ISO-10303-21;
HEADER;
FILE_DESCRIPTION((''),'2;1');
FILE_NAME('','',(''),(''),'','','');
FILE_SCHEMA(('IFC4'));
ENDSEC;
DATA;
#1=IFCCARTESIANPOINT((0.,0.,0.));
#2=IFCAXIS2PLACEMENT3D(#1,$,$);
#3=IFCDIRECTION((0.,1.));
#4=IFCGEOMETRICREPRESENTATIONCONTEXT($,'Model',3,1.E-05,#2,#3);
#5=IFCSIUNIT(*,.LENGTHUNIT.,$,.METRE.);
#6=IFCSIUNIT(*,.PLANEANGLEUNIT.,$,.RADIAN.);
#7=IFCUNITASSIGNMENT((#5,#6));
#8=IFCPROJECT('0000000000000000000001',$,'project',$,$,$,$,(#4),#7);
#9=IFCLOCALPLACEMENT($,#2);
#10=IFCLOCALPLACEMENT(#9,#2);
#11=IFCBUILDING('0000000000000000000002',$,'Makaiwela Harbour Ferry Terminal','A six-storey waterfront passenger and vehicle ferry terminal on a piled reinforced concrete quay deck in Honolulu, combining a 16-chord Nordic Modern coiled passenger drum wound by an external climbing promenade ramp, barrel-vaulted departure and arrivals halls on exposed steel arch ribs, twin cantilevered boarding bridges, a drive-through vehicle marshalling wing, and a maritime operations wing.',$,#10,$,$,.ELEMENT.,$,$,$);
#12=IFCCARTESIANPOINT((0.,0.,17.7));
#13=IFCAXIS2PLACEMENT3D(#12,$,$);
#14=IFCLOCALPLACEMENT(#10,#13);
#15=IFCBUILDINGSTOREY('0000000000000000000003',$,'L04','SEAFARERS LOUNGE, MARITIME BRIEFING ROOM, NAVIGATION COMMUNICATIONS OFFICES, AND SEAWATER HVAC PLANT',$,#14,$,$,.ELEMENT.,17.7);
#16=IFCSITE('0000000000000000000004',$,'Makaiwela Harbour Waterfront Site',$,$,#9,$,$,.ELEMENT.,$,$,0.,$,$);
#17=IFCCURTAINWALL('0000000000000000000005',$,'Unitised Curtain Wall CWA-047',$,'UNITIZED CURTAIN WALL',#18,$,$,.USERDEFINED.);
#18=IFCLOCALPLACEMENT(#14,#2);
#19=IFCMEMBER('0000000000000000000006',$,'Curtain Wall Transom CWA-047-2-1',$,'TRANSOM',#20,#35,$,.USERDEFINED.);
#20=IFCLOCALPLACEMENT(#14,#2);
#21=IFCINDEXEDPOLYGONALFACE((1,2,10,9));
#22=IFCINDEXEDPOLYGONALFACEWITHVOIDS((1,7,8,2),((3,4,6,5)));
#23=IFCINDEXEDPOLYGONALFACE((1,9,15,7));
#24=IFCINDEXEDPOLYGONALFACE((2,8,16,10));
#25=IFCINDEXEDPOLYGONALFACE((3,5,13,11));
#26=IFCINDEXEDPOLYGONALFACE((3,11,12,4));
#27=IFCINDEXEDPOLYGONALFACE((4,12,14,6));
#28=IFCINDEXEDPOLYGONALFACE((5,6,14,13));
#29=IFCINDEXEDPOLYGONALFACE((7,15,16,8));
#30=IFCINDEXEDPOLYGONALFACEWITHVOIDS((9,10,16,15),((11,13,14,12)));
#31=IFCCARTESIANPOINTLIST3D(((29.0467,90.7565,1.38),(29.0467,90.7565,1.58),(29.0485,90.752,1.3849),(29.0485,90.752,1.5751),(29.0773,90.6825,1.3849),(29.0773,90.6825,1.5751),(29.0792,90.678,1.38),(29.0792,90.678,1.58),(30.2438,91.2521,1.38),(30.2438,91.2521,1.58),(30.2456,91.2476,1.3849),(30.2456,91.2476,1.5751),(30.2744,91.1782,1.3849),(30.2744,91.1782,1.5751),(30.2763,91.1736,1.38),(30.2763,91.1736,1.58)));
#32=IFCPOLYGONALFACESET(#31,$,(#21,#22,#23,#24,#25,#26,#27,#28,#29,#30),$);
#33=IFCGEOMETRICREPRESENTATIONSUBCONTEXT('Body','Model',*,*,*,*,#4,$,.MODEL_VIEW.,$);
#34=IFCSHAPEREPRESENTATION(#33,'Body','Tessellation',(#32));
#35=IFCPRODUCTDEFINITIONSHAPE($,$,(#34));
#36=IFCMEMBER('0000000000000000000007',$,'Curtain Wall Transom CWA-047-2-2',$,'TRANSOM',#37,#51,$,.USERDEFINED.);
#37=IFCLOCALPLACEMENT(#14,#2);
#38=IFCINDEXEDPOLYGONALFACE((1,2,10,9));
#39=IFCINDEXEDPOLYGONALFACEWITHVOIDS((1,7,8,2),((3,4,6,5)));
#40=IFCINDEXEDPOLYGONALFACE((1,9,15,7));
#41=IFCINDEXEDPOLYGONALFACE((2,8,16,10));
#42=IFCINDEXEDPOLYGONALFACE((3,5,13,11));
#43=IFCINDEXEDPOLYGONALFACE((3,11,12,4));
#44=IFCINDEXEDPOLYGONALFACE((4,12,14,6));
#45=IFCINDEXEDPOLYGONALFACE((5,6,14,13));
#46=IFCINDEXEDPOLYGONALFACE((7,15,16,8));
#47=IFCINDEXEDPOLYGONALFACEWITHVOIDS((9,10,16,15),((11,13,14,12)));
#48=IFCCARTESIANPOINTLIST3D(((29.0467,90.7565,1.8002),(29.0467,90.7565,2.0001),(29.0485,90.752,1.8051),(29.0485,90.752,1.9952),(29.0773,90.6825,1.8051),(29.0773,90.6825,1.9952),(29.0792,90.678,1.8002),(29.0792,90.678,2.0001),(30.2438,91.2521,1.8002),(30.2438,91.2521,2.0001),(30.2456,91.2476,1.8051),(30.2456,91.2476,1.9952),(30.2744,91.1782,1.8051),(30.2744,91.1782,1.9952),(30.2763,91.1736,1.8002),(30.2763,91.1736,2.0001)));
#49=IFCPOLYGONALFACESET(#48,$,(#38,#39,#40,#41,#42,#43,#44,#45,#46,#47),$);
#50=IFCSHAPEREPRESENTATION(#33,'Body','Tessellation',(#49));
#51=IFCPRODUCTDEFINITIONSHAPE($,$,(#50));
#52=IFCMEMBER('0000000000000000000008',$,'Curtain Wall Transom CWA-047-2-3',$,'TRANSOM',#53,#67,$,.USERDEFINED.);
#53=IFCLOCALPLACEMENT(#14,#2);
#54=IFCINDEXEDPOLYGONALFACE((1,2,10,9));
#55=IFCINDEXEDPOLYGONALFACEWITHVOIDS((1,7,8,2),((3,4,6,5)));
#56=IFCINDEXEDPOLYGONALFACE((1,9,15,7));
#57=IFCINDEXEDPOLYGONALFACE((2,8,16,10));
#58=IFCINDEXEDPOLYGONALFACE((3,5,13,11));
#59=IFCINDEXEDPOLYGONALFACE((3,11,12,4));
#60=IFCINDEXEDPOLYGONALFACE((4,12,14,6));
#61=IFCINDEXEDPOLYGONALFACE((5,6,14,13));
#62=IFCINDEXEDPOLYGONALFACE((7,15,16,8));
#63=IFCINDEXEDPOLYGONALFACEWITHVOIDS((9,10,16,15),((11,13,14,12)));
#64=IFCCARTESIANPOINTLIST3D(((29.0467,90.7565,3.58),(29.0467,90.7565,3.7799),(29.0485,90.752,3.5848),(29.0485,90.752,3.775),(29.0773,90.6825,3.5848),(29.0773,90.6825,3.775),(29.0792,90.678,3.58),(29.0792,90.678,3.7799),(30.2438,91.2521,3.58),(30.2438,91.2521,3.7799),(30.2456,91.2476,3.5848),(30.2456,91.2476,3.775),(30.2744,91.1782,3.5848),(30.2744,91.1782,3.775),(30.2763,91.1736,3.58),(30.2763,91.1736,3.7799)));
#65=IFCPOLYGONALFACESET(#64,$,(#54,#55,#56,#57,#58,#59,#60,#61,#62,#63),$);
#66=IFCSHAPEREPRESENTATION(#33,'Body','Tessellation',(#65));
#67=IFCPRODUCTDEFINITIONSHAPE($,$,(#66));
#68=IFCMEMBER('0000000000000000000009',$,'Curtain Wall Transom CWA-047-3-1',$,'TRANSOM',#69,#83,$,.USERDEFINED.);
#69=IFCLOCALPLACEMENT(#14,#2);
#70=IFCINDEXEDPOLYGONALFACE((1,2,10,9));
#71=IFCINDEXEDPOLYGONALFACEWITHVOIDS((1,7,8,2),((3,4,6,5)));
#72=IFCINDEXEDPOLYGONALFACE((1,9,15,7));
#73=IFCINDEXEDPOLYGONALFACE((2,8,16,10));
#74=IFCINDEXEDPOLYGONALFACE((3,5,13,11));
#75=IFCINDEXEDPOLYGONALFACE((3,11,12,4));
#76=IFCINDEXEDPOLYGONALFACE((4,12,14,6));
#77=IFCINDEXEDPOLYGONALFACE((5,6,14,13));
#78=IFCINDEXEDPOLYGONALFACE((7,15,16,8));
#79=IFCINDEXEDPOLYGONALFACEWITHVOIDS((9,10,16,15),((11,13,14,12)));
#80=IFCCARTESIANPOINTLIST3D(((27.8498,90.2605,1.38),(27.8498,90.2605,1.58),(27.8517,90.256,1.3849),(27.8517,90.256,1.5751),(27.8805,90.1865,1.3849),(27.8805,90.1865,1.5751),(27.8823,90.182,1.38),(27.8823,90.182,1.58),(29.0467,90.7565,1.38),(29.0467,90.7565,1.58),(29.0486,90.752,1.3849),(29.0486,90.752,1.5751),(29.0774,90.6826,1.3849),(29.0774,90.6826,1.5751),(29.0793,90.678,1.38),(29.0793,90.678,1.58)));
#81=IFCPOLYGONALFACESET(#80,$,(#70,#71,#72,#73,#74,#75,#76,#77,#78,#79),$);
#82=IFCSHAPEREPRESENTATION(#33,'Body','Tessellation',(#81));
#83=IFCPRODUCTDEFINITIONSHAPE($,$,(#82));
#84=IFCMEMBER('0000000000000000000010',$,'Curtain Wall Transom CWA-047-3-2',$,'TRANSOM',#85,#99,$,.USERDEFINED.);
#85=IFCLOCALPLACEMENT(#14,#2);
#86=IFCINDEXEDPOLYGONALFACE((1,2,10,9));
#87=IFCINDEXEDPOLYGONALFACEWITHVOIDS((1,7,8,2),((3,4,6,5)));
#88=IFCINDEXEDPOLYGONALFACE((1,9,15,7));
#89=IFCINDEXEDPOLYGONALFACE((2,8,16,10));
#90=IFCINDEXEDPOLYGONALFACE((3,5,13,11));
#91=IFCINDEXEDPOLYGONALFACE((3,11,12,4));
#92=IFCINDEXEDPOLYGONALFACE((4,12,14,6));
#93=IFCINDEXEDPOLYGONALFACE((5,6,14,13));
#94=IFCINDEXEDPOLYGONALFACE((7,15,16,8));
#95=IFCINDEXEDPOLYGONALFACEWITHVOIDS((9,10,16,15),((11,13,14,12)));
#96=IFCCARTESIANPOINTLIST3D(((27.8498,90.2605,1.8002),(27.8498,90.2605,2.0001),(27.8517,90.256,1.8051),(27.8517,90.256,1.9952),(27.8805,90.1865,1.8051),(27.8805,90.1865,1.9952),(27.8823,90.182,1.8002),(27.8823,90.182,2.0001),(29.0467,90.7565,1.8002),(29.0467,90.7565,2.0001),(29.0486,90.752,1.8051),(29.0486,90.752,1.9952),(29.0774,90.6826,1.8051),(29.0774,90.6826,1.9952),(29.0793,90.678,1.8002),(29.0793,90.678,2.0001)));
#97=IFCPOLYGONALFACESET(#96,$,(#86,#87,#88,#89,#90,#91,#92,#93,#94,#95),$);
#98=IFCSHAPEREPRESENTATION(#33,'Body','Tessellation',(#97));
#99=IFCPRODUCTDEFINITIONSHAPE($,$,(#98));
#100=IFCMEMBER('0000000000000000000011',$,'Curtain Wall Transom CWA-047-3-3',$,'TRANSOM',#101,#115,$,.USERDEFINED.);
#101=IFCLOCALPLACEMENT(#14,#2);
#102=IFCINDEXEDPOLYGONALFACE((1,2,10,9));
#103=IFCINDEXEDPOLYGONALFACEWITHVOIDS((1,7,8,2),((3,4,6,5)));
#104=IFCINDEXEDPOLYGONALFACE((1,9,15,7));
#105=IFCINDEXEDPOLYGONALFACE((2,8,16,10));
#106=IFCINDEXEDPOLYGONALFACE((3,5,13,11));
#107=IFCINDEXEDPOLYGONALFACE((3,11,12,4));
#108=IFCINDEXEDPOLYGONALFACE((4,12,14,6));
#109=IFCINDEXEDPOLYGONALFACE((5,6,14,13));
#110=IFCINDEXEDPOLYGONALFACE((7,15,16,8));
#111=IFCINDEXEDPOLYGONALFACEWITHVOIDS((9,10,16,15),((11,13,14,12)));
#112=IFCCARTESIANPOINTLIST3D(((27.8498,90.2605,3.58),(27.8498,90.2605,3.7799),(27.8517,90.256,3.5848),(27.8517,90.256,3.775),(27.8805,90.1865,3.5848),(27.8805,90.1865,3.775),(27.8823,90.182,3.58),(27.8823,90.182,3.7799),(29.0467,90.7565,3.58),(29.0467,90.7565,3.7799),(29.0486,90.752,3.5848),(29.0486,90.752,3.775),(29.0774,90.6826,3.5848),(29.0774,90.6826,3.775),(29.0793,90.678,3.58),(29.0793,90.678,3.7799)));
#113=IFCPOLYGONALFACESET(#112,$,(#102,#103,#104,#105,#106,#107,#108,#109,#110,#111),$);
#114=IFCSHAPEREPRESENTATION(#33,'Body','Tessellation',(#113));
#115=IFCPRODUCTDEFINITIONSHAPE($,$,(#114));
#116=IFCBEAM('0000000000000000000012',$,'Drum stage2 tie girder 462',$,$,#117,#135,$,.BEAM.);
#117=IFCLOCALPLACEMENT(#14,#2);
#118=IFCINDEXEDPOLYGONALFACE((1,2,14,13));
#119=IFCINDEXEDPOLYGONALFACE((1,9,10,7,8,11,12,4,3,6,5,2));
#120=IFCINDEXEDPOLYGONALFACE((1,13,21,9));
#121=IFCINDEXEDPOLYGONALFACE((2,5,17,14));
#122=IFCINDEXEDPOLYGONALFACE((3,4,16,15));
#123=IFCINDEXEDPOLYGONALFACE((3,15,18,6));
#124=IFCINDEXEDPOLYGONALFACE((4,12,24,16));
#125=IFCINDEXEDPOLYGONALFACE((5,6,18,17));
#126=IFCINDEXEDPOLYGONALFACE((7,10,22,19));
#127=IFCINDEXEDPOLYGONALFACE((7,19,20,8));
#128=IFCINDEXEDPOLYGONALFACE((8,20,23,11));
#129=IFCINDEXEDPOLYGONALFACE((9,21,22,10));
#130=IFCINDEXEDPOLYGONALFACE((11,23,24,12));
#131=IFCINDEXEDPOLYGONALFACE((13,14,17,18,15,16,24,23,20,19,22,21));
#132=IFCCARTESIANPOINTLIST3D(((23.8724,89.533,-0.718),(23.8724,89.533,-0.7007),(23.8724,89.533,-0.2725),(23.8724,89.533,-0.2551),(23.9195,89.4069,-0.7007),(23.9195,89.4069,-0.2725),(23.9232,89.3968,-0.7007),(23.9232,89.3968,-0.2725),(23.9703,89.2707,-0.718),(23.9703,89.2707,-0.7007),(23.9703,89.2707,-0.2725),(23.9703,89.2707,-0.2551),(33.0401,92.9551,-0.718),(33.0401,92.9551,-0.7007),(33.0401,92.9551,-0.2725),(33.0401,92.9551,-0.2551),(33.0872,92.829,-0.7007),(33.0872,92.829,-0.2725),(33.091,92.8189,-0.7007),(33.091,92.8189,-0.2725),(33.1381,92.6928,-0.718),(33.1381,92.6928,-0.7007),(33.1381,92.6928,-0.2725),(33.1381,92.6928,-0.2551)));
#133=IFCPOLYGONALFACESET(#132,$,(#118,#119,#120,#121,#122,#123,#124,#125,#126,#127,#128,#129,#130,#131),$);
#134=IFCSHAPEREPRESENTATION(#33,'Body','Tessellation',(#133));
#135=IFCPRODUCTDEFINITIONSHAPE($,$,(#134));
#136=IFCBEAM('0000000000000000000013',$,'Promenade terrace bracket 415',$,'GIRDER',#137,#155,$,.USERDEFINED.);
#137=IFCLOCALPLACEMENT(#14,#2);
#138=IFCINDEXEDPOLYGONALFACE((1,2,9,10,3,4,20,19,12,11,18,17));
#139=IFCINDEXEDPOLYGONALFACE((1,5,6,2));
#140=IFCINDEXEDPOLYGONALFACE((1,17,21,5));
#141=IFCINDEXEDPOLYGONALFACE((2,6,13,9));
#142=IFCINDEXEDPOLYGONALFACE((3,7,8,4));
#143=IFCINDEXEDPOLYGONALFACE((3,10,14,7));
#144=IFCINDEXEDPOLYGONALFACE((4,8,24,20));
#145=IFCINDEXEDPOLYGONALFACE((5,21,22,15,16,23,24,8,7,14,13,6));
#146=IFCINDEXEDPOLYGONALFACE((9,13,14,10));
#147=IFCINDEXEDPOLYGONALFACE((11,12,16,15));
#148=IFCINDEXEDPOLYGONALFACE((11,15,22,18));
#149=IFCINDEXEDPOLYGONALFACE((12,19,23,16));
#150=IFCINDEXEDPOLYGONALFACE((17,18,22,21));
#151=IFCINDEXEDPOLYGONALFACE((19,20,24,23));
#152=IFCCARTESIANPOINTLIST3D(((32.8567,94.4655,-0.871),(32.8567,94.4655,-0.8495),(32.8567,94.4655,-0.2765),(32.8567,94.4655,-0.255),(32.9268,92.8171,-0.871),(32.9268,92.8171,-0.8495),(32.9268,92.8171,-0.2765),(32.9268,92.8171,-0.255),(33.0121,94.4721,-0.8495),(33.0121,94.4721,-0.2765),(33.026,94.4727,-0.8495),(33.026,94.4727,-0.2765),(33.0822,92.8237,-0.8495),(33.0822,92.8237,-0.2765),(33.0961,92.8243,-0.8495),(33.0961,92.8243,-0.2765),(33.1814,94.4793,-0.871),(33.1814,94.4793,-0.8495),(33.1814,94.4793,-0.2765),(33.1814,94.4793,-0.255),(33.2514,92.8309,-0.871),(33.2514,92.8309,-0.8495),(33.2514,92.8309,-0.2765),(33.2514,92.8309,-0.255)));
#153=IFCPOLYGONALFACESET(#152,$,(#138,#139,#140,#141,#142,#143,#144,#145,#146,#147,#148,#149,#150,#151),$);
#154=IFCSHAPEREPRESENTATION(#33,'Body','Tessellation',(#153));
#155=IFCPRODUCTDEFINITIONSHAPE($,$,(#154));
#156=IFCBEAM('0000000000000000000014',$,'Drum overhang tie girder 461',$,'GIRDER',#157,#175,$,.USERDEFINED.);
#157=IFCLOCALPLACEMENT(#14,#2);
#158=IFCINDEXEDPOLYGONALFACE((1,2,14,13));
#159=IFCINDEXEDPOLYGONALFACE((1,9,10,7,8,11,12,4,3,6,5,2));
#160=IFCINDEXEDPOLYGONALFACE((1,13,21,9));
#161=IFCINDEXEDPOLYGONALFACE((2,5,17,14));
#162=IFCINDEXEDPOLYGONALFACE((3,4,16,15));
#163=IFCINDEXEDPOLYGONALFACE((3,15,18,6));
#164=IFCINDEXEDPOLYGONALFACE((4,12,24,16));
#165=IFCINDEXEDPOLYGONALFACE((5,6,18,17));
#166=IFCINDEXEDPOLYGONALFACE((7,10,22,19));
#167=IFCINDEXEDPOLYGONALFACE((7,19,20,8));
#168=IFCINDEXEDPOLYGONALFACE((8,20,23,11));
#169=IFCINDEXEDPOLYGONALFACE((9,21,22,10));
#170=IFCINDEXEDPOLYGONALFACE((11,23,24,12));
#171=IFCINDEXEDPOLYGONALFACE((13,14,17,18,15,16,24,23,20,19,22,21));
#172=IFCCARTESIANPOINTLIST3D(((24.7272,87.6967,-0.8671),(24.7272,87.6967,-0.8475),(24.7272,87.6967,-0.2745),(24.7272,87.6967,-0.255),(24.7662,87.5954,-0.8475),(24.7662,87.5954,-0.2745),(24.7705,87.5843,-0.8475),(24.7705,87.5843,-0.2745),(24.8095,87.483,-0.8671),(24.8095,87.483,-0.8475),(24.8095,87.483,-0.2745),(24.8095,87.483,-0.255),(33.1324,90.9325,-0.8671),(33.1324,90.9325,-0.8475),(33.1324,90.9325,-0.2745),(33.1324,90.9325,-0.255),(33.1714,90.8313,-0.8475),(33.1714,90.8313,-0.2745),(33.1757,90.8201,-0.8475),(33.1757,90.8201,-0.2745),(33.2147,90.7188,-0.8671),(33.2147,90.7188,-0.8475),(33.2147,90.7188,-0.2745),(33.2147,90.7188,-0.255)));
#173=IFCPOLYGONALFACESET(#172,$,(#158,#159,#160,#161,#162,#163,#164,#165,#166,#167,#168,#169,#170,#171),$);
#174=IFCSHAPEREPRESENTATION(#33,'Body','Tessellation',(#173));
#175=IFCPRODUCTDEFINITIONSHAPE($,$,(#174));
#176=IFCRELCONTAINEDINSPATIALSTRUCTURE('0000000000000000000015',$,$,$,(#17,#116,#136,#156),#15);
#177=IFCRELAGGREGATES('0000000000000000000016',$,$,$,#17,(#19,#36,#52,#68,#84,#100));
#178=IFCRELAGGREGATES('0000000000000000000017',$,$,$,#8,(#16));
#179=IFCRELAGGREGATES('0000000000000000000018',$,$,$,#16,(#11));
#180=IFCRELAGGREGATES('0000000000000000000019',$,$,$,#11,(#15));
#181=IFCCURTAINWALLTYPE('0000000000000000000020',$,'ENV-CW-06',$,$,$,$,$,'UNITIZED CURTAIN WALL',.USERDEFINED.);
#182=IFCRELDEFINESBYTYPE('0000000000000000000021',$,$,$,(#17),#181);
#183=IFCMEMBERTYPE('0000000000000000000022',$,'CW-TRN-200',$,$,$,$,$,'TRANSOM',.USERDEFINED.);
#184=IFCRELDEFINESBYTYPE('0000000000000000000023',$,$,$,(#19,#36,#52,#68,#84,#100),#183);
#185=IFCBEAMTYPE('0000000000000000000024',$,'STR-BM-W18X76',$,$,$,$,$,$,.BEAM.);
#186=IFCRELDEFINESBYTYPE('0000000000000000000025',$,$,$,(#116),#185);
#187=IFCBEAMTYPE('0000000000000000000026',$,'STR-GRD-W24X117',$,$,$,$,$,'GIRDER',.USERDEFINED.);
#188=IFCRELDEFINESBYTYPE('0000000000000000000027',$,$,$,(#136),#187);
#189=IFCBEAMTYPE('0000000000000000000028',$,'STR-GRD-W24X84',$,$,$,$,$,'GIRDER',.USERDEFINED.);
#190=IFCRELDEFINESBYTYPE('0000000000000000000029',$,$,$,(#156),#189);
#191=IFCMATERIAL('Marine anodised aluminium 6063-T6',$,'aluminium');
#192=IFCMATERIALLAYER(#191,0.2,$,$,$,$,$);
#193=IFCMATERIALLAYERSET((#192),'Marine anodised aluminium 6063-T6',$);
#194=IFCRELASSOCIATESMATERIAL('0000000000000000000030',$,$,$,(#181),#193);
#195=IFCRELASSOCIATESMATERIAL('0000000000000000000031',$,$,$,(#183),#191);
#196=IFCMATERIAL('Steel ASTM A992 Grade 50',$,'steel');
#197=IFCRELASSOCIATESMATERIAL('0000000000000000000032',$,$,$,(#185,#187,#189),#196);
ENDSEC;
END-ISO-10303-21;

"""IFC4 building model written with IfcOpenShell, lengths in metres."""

from ifc_helpers import new_model, si_unit, direction, frame, origin, origin_2d, place, context, subcontext, project, spatial, hollow_rectangle, i_section, extrude, material, layer, layer_set, material_profile, profile_set, type_object, element, aggregate, save


model = new_model("IFC4")

# Units and contexts
model_context = context("Model", 3, precision=1e-05, world=origin(), true_north=direction((0.0, 1.0)))
body_context = subcontext(model_context, "Body", "Model", "MODEL_VIEW")
ifc_project = project(units=[si_unit("LENGTHUNIT", "METRE"), si_unit("PLANEANGLEUNIT", "RADIAN")], contexts=[model_context])

# Site, building, storey
site_placement = place(None, origin())
site = spatial("IfcSite", under=ifc_project, at=site_placement, Name="Makaiwela Harbour Waterfront Site", CompositionType="ELEMENT", RefElevation=0.0)
building_placement = place(site_placement, origin())
building = spatial("IfcBuilding", under=site, at=building_placement, Name="Makaiwela Harbour Ferry Terminal", Description="A six-storey waterfront passenger and vehicle ferry terminal on a piled reinforced concrete quay deck in Honolulu, combining a 16-chord Nordic Modern coiled passenger drum wound by an external climbing promenade ramp, barrel-vaulted departure and arrivals halls on exposed steel arch ribs, twin cantilevered boarding bridges, a drive-through vehicle marshalling wing, and a maritime operations wing.", CompositionType="ELEMENT")
storey_placement = place(building_placement, frame((0.0, 0.0, 17.7)))
storey = spatial("IfcBuildingStorey", under=building, at=storey_placement, Name="L04", Description="SEAFARERS LOUNGE, MARITIME BRIEFING ROOM, NAVIGATION COMMUNICATIONS OFFICES, AND SEAWATER HVAC PLANT", CompositionType="ELEMENT", Elevation=17.7)

# Curtain wall
ifc_material_1 = material(Name="Marine anodised aluminium 6063-T6", Category="aluminium")
ifc_layer_1 = layer(ifc_material_1, 0.2)
ifc_layer_set_1 = layer_set([ifc_layer_1], Name="Marine anodised aluminium 6063-T6")
curtain_wall_type = type_object("IfcCurtainWallType", Name="ENV-CW-06", ElementType="UNITIZED CURTAIN WALL", PredefinedType="USERDEFINED", material=ifc_layer_set_1)
curtain_wall_1_placement = place(storey_placement, origin())
curtain_wall_1 = element("IfcCurtainWall", 1, at=curtain_wall_1_placement, inside=storey, type_object=curtain_wall_type, Name="Unitised Curtain Wall CWA-047", ObjectType="UNITIZED CURTAIN WALL", PredefinedType="USERDEFINED")

# Members
ifc_material_profile_1 = material_profile(ifc_material_1, hollow_rectangle(XDim=0.085, YDim=0.2, WallThickness=0.0049, at=origin_2d()), Name="CWT-200X85")
ifc_profile_set_1 = profile_set([ifc_material_profile_1], Name="Marine anodised aluminium 6063-T6")
member_type_1 = type_object("IfcMemberType", Name="CW-TRN-200", ElementType="TRANSOM", PredefinedType="USERDEFINED", material=ifc_profile_set_1)
member_1_placement = place(storey_placement, frame((30.26, 91.2129, 1.48), z_axis=(-0.923939, -0.38254, 0.0), x_axis=(0.38254, -0.923939, 0.0)))
member_1 = element("IfcMember", 2, at=member_1_placement, type_object=member_type_1, Name="Curtain Wall Transom CWA-047-2-1", ObjectType="TRANSOM", PredefinedType="USERDEFINED", context=body_context, shape_type="SweptSolid", body=[
    extrude(hollow_rectangle(XDim=0.085, YDim=0.2, WallThickness=0.0049, at=origin_2d()), origin(), (0.0, 0.0, 1.0), 1.2957),
])
member_2_placement = place(storey_placement, frame((30.26, 91.2129, 1.9001), z_axis=(-0.923939, -0.38254, 0.0), x_axis=(0.38254, -0.923939, 0.0)))
member_2 = element("IfcMember", 3, at=member_2_placement, type_object=member_type_1, Name="Curtain Wall Transom CWA-047-2-2", ObjectType="TRANSOM", PredefinedType="USERDEFINED", context=body_context, shape_type="SweptSolid", body=[
    extrude(hollow_rectangle(XDim=0.085, YDim=0.2, WallThickness=0.0049, at=origin_2d()), origin(), (0.0, 0.0, 1.0), 1.2957),
])
member_3_placement = place(storey_placement, frame((30.26, 91.2129, 3.6799), z_axis=(-0.923939, -0.38254, 0.0), x_axis=(0.38254, -0.923939, 0.0)))
member_3 = element("IfcMember", 4, at=member_3_placement, type_object=member_type_1, Name="Curtain Wall Transom CWA-047-2-3", ObjectType="TRANSOM", PredefinedType="USERDEFINED", context=body_context, shape_type="SweptSolid", body=[
    extrude(hollow_rectangle(XDim=0.085, YDim=0.2, WallThickness=0.0049, at=origin_2d()), origin(), (0.0, 0.0, 1.0), 1.2957),
])
member_4_placement = place(storey_placement, frame((29.063, 90.7173, 1.48), z_axis=(-0.923806, -0.382862, 0.0), x_axis=(0.382862, -0.923806, 0.0)))
member_4 = element("IfcMember", 5, at=member_4_placement, type_object=member_type_1, Name="Curtain Wall Transom CWA-047-3-1", ObjectType="TRANSOM", PredefinedType="USERDEFINED", context=body_context, shape_type="SweptSolid", body=[
    extrude(hollow_rectangle(XDim=0.085, YDim=0.2, WallThickness=0.0049, at=origin_2d()), origin(), (0.0, 0.0, 1.0), 1.2957),
])
member_5_placement = place(storey_placement, frame((29.063, 90.7173, 1.9001), z_axis=(-0.923806, -0.382862, 0.0), x_axis=(0.382862, -0.923806, 0.0)))
member_5 = element("IfcMember", 6, at=member_5_placement, type_object=member_type_1, Name="Curtain Wall Transom CWA-047-3-2", ObjectType="TRANSOM", PredefinedType="USERDEFINED", context=body_context, shape_type="SweptSolid", body=[
    extrude(hollow_rectangle(XDim=0.085, YDim=0.2, WallThickness=0.0049, at=origin_2d()), origin(), (0.0, 0.0, 1.0), 1.2957),
])
member_6_placement = place(storey_placement, frame((29.063, 90.7173, 3.6799), z_axis=(-0.923806, -0.382862, 0.0), x_axis=(0.382862, -0.923806, 0.0)))
member_6 = element("IfcMember", 7, at=member_6_placement, type_object=member_type_1, Name="Curtain Wall Transom CWA-047-3-3", ObjectType="TRANSOM", PredefinedType="USERDEFINED", context=body_context, shape_type="SweptSolid", body=[
    extrude(hollow_rectangle(XDim=0.085, YDim=0.2, WallThickness=0.0049, at=origin_2d()), origin(), (0.0, 0.0, 1.0), 1.2957),
])

# Beams
ifc_material_2 = material(Name="Steel ASTM A992 Grade 50", Category="steel")
ifc_material_profile_2 = material_profile(ifc_material_2, i_section(OverallWidth=0.28, OverallDepth=0.4629, WebThickness=0.0107, FlangeThickness=0.0173, at=origin_2d()), Name="W18X76")
ifc_profile_set_2 = profile_set([ifc_material_profile_2], Name="Steel ASTM A992 Grade 50")
beam_type_1 = type_object("IfcBeamType", Name="STR-BM-W18X76", PredefinedType="BEAM", material=ifc_profile_set_2)
beam_1_placement = place(storey_placement, frame((33.0891, 92.824, -0.4866), z_axis=(-0.936858, -0.349709, 0.0), x_axis=(0.349709, -0.936858, 0.0)))
element("IfcBeam", 8, at=beam_1_placement, inside=storey, type_object=beam_type_1, Name="Drum stage2 tie girder 462", PredefinedType="BEAM", context=body_context, shape_type="SweptSolid", body=[
    extrude(i_section(OverallWidth=0.28, OverallDepth=0.4629, WebThickness=0.0107, FlangeThickness=0.0173, at=origin_2d()), origin(), (0.0, 0.0, 1.0), 9.7856),
])
ifc_material_profile_3 = material_profile(ifc_material_2, i_section(OverallWidth=0.325, OverallDepth=0.616, WebThickness=0.0139, FlangeThickness=0.0215, at=origin_2d()), Name="W24X117")
ifc_profile_set_3 = profile_set([ifc_material_profile_3], Name="Steel ASTM A992 Grade 50")
beam_type_2 = type_object("IfcBeamType", Name="STR-GRD-W24X117", ElementType="GIRDER", PredefinedType="USERDEFINED", material=ifc_profile_set_3)
beam_2_placement = place(storey_placement, frame((33.0891, 92.824, -0.563), z_axis=(-0.042468, 0.999098, 0.0), x_axis=(-0.999098, -0.042468, 0.0)))
element("IfcBeam", 9, at=beam_2_placement, inside=storey, type_object=beam_type_2, Name="Promenade terrace bracket 415", ObjectType="GIRDER", PredefinedType="USERDEFINED", context=body_context, shape_type="SweptSolid", body=[
    extrude(i_section(OverallWidth=0.325, OverallDepth=0.616, WebThickness=0.0139, FlangeThickness=0.0215, at=origin_2d()), origin(), (0.0, 0.0, 1.0), 1.6499),
])
ifc_material_profile_4 = material_profile(ifc_material_2, i_section(OverallWidth=0.229, OverallDepth=0.6121, WebThickness=0.012, FlangeThickness=0.0195, at=origin_2d()), Name="W24X84")
ifc_profile_set_4 = profile_set([ifc_material_profile_4], Name="Steel ASTM A992 Grade 50")
beam_type_3 = type_object("IfcBeamType", Name="STR-GRD-W24X84", ElementType="GIRDER", PredefinedType="USERDEFINED", material=ifc_profile_set_4)
beam_3_placement = place(storey_placement, frame((33.1736, 90.8257, -0.561), z_axis=(-0.933232, -0.359273, 0.0), x_axis=(0.359273, -0.933232, 0.0)))
element("IfcBeam", 10, at=beam_3_placement, inside=storey, type_object=beam_type_3, Name="Drum overhang tie girder 461", ObjectType="GIRDER", PredefinedType="USERDEFINED", context=body_context, shape_type="SweptSolid", body=[
    extrude(i_section(OverallWidth=0.229, OverallDepth=0.6121, WebThickness=0.012, FlangeThickness=0.0195, at=origin_2d()), origin(), (0.0, 0.0, 1.0), 9.0066),
])

aggregate(curtain_wall_1, [member_1, member_2, member_3, member_4, member_5, member_6])

save(model, "model.ifc")
